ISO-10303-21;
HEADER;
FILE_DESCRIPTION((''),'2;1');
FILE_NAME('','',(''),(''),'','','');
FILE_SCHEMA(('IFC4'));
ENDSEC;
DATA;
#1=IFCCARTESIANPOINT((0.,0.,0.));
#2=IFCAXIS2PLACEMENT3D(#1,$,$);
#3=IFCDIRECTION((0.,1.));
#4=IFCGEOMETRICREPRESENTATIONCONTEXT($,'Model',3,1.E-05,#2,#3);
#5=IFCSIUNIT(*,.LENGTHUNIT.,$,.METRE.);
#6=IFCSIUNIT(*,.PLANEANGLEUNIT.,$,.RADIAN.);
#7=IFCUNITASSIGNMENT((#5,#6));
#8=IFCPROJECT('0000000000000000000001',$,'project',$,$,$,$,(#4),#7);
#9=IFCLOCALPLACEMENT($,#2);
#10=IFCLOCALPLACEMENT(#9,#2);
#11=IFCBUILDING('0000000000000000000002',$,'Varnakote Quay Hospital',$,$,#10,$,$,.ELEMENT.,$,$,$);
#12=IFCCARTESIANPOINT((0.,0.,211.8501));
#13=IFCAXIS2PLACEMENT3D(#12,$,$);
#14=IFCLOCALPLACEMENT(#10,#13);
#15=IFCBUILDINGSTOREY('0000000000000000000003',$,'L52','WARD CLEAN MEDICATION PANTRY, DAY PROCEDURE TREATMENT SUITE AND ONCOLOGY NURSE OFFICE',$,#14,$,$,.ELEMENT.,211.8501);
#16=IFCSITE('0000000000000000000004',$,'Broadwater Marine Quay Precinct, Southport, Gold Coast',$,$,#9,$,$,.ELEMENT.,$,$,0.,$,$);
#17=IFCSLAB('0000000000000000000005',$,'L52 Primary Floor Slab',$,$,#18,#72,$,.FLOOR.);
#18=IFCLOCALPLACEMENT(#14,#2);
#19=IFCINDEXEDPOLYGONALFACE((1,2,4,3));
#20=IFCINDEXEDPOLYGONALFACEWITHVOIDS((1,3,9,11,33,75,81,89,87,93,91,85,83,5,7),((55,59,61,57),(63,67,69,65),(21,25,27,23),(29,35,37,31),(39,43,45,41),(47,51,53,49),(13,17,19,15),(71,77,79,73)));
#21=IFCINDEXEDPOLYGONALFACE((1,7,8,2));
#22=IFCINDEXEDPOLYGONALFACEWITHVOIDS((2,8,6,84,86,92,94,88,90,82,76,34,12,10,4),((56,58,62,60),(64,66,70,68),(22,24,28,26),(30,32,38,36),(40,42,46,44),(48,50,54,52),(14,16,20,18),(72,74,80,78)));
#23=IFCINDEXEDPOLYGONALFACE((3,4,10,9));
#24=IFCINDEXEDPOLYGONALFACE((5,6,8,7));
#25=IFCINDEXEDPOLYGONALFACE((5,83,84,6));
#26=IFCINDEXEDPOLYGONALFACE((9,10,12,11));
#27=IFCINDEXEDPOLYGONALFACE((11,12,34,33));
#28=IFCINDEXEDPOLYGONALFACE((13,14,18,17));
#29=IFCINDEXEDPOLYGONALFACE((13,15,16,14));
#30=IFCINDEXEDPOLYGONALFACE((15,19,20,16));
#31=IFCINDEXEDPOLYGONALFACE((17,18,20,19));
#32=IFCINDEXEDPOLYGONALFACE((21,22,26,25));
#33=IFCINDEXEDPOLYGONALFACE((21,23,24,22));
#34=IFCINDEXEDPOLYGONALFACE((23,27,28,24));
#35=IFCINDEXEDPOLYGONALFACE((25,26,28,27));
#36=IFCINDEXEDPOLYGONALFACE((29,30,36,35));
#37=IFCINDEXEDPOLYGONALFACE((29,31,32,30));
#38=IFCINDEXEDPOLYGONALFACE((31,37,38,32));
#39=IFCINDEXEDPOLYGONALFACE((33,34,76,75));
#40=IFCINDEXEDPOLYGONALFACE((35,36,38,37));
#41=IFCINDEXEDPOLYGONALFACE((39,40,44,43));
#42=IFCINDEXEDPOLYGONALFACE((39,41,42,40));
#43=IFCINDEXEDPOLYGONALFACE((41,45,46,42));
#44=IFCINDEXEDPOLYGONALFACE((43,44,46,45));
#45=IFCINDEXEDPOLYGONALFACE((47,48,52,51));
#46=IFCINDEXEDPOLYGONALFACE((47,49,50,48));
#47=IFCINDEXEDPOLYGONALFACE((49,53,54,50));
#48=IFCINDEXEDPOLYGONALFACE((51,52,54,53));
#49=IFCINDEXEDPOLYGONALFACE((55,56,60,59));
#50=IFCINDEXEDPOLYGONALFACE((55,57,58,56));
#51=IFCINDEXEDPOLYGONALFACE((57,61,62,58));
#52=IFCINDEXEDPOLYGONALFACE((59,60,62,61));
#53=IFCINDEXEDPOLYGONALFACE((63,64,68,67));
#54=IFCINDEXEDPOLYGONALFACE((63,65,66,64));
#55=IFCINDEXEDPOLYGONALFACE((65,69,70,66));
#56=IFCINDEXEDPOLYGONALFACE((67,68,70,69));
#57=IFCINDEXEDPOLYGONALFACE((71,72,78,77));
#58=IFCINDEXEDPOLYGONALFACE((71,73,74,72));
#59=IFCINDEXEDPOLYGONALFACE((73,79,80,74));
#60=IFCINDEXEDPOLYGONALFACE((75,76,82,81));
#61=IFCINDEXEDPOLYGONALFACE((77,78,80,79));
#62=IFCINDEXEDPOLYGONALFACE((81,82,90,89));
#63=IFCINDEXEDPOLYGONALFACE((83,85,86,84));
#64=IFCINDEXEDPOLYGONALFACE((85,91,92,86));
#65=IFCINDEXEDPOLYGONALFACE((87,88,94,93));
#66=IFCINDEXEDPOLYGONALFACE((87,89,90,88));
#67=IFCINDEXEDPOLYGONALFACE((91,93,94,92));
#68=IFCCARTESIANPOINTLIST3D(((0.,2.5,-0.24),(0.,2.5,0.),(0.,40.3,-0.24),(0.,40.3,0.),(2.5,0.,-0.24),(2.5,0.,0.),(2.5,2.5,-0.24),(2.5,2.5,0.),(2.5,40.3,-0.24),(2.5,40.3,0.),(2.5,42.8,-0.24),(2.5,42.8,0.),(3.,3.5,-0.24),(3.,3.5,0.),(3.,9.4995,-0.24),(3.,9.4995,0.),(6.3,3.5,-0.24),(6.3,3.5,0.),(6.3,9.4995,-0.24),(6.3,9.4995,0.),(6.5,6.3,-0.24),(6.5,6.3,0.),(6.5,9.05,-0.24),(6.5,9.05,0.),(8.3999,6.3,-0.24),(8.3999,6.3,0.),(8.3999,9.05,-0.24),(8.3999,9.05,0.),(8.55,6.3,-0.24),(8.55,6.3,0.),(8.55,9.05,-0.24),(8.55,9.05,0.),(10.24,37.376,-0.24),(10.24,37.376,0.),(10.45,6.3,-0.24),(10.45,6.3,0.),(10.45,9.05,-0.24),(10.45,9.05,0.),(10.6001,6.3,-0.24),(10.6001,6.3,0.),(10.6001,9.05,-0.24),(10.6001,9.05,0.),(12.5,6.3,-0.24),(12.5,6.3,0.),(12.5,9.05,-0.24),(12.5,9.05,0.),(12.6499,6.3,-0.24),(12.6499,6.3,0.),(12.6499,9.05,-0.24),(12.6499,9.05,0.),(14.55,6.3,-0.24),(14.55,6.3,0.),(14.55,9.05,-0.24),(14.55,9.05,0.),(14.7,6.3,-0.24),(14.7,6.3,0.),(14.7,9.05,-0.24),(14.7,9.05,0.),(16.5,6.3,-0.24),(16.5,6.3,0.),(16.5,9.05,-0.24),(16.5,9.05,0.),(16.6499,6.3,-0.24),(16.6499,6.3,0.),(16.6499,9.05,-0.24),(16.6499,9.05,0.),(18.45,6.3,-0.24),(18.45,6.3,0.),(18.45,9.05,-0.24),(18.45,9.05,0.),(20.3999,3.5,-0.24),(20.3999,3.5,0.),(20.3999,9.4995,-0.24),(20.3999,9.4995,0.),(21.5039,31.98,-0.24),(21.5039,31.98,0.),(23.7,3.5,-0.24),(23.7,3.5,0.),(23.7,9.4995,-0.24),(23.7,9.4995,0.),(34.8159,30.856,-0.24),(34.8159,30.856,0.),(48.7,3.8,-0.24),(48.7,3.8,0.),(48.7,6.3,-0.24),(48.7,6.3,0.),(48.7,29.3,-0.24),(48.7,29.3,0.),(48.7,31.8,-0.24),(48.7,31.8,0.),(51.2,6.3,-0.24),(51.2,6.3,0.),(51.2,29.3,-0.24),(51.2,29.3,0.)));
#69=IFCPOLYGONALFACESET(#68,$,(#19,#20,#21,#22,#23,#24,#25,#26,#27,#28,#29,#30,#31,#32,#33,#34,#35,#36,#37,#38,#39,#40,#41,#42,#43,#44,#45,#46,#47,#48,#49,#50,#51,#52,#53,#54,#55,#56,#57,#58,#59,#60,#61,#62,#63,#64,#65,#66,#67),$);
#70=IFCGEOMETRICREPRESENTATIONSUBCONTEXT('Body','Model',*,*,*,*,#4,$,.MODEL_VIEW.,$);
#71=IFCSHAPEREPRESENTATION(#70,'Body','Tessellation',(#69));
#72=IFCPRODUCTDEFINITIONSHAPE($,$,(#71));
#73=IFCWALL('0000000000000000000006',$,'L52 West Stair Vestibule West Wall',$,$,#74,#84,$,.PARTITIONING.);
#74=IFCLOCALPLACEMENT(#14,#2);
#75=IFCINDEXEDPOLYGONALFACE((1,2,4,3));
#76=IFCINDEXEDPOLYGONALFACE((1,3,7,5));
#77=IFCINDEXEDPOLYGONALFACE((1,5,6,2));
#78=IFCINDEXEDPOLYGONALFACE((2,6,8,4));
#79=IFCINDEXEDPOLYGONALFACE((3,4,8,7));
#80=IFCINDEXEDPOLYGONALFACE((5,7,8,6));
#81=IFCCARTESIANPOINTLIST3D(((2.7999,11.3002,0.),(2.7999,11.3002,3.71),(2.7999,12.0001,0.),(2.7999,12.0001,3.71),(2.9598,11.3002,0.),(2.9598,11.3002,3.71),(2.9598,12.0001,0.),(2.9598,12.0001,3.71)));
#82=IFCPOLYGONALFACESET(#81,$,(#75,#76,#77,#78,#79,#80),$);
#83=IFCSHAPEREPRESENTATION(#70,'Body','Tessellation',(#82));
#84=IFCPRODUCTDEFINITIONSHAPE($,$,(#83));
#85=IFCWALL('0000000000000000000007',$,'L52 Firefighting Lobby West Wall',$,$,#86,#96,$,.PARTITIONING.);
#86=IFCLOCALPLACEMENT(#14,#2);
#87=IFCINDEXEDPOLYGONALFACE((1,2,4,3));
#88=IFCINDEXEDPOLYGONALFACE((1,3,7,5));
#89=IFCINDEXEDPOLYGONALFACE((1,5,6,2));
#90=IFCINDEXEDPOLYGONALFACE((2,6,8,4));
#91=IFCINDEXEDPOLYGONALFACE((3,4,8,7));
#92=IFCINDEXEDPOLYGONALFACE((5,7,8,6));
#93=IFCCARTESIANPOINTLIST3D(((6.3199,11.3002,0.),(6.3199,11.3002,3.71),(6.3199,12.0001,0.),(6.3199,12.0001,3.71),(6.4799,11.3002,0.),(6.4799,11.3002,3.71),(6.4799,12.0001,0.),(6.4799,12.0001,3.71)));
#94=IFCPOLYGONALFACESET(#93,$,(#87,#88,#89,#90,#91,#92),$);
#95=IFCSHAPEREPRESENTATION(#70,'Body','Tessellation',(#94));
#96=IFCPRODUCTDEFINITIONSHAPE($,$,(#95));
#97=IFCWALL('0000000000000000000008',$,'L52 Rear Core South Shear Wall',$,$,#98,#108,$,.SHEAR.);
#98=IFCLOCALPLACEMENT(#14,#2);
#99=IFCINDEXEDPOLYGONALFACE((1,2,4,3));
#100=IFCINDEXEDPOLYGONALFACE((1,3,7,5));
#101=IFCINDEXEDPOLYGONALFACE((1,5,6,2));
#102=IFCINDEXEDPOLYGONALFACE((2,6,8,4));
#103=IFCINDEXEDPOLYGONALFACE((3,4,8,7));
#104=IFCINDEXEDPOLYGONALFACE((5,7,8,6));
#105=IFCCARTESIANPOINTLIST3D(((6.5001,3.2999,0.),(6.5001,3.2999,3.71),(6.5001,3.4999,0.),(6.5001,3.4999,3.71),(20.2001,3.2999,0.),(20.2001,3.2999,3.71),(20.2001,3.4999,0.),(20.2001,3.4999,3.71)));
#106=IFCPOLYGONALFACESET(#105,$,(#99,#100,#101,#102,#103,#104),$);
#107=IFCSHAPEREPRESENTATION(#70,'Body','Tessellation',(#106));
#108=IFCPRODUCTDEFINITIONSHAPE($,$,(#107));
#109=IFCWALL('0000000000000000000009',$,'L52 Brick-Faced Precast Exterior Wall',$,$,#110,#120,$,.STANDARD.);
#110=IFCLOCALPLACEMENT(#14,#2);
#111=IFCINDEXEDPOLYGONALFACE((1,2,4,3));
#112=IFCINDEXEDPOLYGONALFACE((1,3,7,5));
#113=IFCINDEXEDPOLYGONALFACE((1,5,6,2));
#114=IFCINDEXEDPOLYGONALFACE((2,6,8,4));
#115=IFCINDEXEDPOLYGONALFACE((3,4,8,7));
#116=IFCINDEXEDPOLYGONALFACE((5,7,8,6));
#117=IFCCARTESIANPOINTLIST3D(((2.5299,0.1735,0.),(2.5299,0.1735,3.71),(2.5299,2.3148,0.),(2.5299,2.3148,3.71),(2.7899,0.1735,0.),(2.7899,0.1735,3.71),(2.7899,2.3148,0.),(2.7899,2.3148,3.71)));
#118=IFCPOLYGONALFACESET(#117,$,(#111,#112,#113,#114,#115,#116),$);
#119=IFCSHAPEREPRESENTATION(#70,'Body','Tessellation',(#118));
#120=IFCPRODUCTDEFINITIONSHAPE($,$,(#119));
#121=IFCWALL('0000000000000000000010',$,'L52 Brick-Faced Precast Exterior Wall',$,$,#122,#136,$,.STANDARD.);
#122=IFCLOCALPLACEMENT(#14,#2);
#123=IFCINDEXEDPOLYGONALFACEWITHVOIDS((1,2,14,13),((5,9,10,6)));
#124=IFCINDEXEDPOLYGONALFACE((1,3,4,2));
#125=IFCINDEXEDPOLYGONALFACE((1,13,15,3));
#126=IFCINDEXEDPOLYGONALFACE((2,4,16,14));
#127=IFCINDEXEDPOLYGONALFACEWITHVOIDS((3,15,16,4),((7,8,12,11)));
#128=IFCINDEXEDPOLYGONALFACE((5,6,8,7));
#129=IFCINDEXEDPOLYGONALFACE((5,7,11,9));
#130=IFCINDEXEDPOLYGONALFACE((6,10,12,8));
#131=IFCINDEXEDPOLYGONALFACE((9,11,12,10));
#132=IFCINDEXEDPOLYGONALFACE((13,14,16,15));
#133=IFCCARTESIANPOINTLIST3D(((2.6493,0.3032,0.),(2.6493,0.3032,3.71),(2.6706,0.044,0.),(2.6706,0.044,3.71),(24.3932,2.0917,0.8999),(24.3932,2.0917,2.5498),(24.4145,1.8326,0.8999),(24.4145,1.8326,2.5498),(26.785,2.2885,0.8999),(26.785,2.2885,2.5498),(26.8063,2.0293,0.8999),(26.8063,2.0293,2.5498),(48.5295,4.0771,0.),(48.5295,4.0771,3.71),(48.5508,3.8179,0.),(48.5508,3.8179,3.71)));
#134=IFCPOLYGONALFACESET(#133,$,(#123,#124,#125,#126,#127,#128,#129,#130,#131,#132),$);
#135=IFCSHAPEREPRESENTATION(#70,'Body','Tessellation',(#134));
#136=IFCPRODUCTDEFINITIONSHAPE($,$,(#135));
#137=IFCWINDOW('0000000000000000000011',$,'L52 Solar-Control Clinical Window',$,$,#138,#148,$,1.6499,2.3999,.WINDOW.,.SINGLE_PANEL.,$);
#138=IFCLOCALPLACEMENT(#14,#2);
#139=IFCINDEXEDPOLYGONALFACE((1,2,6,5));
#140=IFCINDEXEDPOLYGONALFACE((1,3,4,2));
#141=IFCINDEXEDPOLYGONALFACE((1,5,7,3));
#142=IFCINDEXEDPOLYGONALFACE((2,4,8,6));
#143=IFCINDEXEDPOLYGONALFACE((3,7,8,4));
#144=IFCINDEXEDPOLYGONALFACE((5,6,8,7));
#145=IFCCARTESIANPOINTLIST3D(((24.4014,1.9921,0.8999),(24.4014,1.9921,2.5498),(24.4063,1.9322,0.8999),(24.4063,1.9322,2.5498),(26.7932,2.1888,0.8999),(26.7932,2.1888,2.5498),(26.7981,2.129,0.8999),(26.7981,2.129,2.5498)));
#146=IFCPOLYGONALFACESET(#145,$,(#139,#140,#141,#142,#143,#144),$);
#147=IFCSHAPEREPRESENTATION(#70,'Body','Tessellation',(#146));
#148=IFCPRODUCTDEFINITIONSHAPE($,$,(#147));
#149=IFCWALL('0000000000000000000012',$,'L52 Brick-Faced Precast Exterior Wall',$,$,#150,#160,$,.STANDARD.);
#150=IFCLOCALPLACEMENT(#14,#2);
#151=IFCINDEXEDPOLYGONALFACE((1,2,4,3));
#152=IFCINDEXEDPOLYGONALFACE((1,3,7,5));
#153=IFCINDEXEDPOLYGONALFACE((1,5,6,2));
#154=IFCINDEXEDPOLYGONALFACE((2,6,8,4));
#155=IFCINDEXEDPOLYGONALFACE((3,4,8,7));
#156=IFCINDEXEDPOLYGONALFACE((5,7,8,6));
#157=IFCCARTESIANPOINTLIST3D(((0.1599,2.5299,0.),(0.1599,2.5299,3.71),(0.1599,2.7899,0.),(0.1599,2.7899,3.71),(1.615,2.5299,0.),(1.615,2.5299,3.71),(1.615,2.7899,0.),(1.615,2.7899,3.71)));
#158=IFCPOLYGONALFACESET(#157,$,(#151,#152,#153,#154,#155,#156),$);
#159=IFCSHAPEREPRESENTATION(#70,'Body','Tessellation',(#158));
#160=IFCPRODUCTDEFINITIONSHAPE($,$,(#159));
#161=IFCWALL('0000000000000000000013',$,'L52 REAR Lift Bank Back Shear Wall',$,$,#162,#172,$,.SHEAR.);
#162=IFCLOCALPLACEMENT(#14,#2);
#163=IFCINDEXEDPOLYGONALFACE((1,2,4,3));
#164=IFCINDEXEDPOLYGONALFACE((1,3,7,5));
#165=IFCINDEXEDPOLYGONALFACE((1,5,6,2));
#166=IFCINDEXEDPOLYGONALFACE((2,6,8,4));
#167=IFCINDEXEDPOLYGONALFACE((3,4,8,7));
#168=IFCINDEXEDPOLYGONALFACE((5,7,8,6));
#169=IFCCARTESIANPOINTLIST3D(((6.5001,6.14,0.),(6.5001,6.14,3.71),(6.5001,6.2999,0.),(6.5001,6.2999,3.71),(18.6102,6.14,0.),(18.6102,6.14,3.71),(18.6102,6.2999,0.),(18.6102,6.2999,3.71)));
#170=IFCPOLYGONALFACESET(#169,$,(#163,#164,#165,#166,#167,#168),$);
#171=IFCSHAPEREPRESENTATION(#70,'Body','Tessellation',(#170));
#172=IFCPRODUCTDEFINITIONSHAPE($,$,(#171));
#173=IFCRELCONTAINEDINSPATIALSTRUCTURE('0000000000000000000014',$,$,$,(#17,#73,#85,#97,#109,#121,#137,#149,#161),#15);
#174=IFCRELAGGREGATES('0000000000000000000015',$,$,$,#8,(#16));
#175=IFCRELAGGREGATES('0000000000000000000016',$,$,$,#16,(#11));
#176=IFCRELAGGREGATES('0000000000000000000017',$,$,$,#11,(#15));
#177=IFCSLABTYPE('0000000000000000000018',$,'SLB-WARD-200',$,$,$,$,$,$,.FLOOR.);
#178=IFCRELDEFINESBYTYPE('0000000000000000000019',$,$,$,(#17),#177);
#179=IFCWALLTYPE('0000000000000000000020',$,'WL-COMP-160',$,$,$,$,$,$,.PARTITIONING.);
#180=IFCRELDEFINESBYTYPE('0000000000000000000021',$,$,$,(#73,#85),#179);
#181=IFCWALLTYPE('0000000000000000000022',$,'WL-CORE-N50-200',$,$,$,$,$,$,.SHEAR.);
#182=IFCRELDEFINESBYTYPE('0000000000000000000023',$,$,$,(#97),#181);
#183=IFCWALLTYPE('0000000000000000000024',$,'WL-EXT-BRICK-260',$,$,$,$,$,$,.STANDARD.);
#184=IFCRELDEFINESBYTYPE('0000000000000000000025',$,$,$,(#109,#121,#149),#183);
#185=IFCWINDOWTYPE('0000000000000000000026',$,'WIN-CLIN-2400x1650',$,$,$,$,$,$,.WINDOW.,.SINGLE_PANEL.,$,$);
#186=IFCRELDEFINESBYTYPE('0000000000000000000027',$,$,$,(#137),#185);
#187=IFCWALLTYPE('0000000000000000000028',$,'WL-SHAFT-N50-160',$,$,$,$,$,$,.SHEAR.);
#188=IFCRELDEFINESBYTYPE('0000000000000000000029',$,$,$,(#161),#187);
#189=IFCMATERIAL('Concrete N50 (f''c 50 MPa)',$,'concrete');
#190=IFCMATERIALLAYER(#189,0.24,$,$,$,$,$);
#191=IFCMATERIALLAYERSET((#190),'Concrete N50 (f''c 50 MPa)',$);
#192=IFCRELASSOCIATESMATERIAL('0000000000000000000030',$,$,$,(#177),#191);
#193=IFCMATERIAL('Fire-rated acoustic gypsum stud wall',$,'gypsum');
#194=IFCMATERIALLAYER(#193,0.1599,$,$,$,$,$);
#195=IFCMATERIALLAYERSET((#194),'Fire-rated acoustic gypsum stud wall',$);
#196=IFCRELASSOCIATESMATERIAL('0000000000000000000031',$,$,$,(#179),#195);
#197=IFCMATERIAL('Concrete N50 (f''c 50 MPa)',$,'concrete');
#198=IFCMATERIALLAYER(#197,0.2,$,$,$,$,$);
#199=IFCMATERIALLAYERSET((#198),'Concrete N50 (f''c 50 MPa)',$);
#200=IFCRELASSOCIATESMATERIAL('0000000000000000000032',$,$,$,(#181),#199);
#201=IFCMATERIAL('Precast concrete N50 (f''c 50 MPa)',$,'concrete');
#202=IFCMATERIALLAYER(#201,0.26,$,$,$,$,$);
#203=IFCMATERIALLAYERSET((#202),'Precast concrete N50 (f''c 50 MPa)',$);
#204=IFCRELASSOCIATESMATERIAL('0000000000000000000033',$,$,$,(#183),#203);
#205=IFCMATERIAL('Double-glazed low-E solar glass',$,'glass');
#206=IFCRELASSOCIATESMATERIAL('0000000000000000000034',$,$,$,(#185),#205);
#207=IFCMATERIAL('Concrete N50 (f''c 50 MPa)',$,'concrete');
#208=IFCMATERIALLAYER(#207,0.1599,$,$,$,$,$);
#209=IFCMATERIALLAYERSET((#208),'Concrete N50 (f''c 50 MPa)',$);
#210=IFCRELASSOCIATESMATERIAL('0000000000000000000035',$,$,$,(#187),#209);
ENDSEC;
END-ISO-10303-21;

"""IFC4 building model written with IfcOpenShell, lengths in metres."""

from ifc_helpers import new_model, si_unit, direction, frame, frame_2d, origin, place, context, subcontext, project, spatial, polyline, rectangle, outline, extrude, material, layer, layer_set, type_object, element, fill, save


model = new_model("IFC4")

# Units and contexts
model_context = context("Model", 3, precision=1e-05, world=origin(), true_north=direction((0.0, 1.0)))
body_context = subcontext(model_context, "Body", "Model", "MODEL_VIEW")
ifc_project = project(units=[si_unit("LENGTHUNIT", "METRE"), si_unit("PLANEANGLEUNIT", "RADIAN")], contexts=[model_context])

# Site, building, storey
site_placement = place(None, origin())
site = spatial("IfcSite", under=ifc_project, at=site_placement, Name="Broadwater Marine Quay Precinct, Southport, Gold Coast", CompositionType="ELEMENT", RefElevation=0.0)
building_placement = place(site_placement, origin())
building = spatial("IfcBuilding", under=site, at=building_placement, Name="Varnakote Quay Hospital", CompositionType="ELEMENT")
storey_placement = place(building_placement, frame((0.0, 0.0, 211.8501)))
storey = spatial("IfcBuildingStorey", under=building, at=storey_placement, Name="L52", Description="WARD CLEAN MEDICATION PANTRY, DAY PROCEDURE TREATMENT SUITE AND ONCOLOGY NURSE OFFICE", CompositionType="ELEMENT", Elevation=211.8501)

# Slab
ifc_material_1 = material(Name="Concrete N50 (f'c 50 MPa)", Category="concrete")
ifc_layer_1 = layer(ifc_material_1, 0.24)
ifc_layer_set_1 = layer_set([ifc_layer_1], Name="Concrete N50 (f'c 50 MPa)")
slab_type_1 = type_object("IfcSlabType", Name="SLB-WARD-200", PredefinedType="FLOOR", material=ifc_layer_set_1)
slab_1_placement = place(storey_placement, frame((0.0, 0.0, -0.24)))
element("IfcSlab", 1, at=slab_1_placement, inside=storey, type_object=slab_type_1, Name="L52 Primary Floor Slab", PredefinedType="FLOOR", context=body_context, shape_type="SweptSolid", body=[
    extrude(outline(polyline([(0.0, 2.5), (2.5, 2.5), (2.5, 0.0), (48.7, 3.8), (48.7, 6.3), (51.2, 6.3), (51.2, 29.3), (48.7, 29.3), (48.7, 31.8), (34.8159, 30.856), (21.5039, 31.98), (10.24, 37.376), (2.5, 42.8), (2.5, 40.3), (0.0, 40.3), (0.0, 2.5)]), holes=[polyline([(3.0, 3.5), (6.3, 3.5), (6.3, 9.4995), (3.0, 9.4995), (3.0, 3.5)]), polyline([(20.3999, 3.5), (23.7, 3.5), (23.7, 9.4995), (20.3999, 9.4995), (20.3999, 3.5)]), polyline([(6.5, 6.3), (8.3999, 6.3), (8.3999, 9.05), (6.5, 9.05), (6.5, 6.3)]), polyline([(8.55, 6.3), (10.45, 6.3), (10.45, 9.05), (8.55, 9.05), (8.55, 6.3)]), polyline([(10.6001, 6.3), (12.5, 6.3), (12.5, 9.05), (10.6001, 9.05), (10.6001, 6.3)]), polyline([(12.6499, 6.3), (14.55, 6.3), (14.55, 9.05), (12.6499, 9.05), (12.6499, 6.3)]), polyline([(14.7, 6.3), (16.5, 6.3), (16.5, 9.05), (14.7, 9.05), (14.7, 6.3)]), polyline([(16.6499, 6.3), (18.45, 6.3), (18.45, 9.05), (16.6499, 9.05), (16.6499, 6.3)])]), origin(), (0.0, 0.0, 1.0), 0.24),
])

# Walls
ifc_material_2 = material(Name="Fire-rated acoustic gypsum stud wall", Category="gypsum")
ifc_layer_2 = layer(ifc_material_2, 0.1599)
ifc_layer_set_2 = layer_set([ifc_layer_2], Name="Fire-rated acoustic gypsum stud wall")
wall_type_1 = type_object("IfcWallType", Name="WL-COMP-160", PredefinedType="PARTITIONING", material=ifc_layer_set_2)
for number, where, z_axis, x_axis, name in (
    (2, (2.8799, 11.3, 0.0), (0.0, 0.0, 1.0), (0.0, 1.0, 0.0), "L52 West Stair Vestibule West Wall"),
    (3, (6.3999, 11.3, 0.0), (0.0, 0.0, 1.0), (0.0, 1.0, 0.0), "L52 Firefighting Lobby West Wall"),
):
    element("IfcWall", number, at=place(storey_placement, frame(where, z_axis=z_axis, x_axis=x_axis)), inside=storey, type_object=wall_type_1, Name=name, PredefinedType="PARTITIONING", context=body_context, shape_type="SweptSolid", body=[
        extrude(rectangle(XDim=0.7, YDim=0.1599, at=frame_2d((0.3501, 0.0))), origin(), (0.0, 0.0, 1.0), 3.71),
    ])
ifc_material_3 = material(Name="Concrete N50 (f'c 50 MPa)", Category="concrete")
ifc_layer_3 = layer(ifc_material_3, 0.2)
ifc_layer_set_3 = layer_set([ifc_layer_3], Name="Concrete N50 (f'c 50 MPa)")
wall_type_2 = type_object("IfcWallType", Name="WL-CORE-N50-200", PredefinedType="SHEAR", material=ifc_layer_set_3)
wall_1_placement = place(storey_placement, frame((6.5, 3.3999, 0.0), z_axis=(0.0, 0.0, 1.0), x_axis=(1.0, 0.0, 0.0)))
element("IfcWall", 4, at=wall_1_placement, inside=storey, type_object=wall_type_2, Name="L52 Rear Core South Shear Wall", PredefinedType="SHEAR", context=body_context, shape_type="SweptSolid", body=[
    extrude(rectangle(XDim=13.7, YDim=0.2, at=frame_2d((6.8501, 0.0))), origin(), (0.0, 0.0, 1.0), 3.71),
])
ifc_material_4 = material(Name="Precast concrete N50 (f'c 50 MPa)", Category="concrete")
ifc_layer_4 = layer(ifc_material_4, 0.26)
ifc_layer_set_4 = layer_set([ifc_layer_4], Name="Precast concrete N50 (f'c 50 MPa)")
wall_type_3 = type_object("IfcWallType", Name="WL-EXT-BRICK-260", PredefinedType="STANDARD", material=ifc_layer_set_4)
wall_2_placement = place(storey_placement, frame((2.6599, 2.3149, 0.0), z_axis=(0.0, 0.0, 1.0), x_axis=(0.0, -1.0, 0.0)))
element("IfcWall", 5, at=wall_2_placement, inside=storey, type_object=wall_type_3, Name="L52 Brick-Faced Precast Exterior Wall", PredefinedType="STANDARD", context=body_context, shape_type="SweptSolid", body=[
    extrude(rectangle(XDim=2.1414, YDim=0.26, at=frame_2d((1.0708, 0.0))), origin(), (0.0, 0.0, 1.0), 3.71),
])

# Wall, opening, window
wall_3_placement = place(storey_placement, frame((2.6599, 0.1736, 0.0), z_axis=(0.0, 0.0, 1.0), x_axis=(0.996634, 0.081979, 0.0)))
wall_3 = element("IfcWall", 6, at=wall_3_placement, inside=storey, type_object=wall_type_3, Name="L52 Brick-Faced Precast Exterior Wall", PredefinedType="STANDARD", context=body_context, shape_type="SweptSolid", body=[
    extrude(rectangle(XDim=46.0352, YDim=0.26, at=frame_2d((23.0176, 0.0))), origin(), (0.0, 0.0, 1.0), 3.71),
])
opening_1_placement = place(wall_3_placement, frame((21.8174, 0.0, 0.8999)))
opening_1 = element("IfcOpeningElement", 7, at=opening_1_placement, cuts=wall_3, PredefinedType="OPENING", context=body_context, shape_type="SweptSolid", body=[
    extrude(rectangle(XDim=2.3999, YDim=1.6499, at=frame_2d((1.2, 0.825))), frame((0.0, 0.1399, 0.0), z_axis=(0.0, -1.0, 0.0), x_axis=(1.0, 0.0, 0.0)), (0.0, 0.0, 1.0), 0.28),
])
ifc_material_5 = material(Name="Double-glazed low-E solar glass", Category="glass")
window_type = type_object("IfcWindowType", Name="WIN-CLIN-2400x1650", PartitioningType="SINGLE_PANEL", PredefinedType="WINDOW", material=ifc_material_5)
window_placement = place(opening_1_placement, origin())
window = element("IfcWindow", 8, at=window_placement, inside=storey, type_object=window_type, Name="L52 Solar-Control Clinical Window", OverallHeight=1.6499, OverallWidth=2.3999, PartitioningType="SINGLE_PANEL", PredefinedType="WINDOW", context=body_context, shape_type="SweptSolid", body=[
    extrude(rectangle(XDim=2.3999, YDim=1.6499, at=frame_2d((1.2, 0.825))), frame((0.0, 0.03, 0.0), z_axis=(0.0, -1.0, 0.0), x_axis=(1.0, 0.0, 0.0)), (0.0, 0.0, 1.0), 0.0601),
])
fill(opening_1, window)

# Walls
wall_4_placement = place(storey_placement, frame((0.1599, 2.6599, 0.0), z_axis=(0.0, 0.0, 1.0), x_axis=(1.0, 0.0, 0.0)))
element("IfcWall", 9, at=wall_4_placement, inside=storey, type_object=wall_type_3, Name="L52 Brick-Faced Precast Exterior Wall", PredefinedType="STANDARD", context=body_context, shape_type="SweptSolid", body=[
    extrude(rectangle(XDim=1.4551, YDim=0.26, at=frame_2d((0.7275, 0.0))), origin(), (0.0, 0.0, 1.0), 3.71),
])
ifc_material_6 = material(Name="Concrete N50 (f'c 50 MPa)", Category="concrete")
ifc_layer_5 = layer(ifc_material_6, 0.1599)
ifc_layer_set_5 = layer_set([ifc_layer_5], Name="Concrete N50 (f'c 50 MPa)")
wall_type_4 = type_object("IfcWallType", Name="WL-SHAFT-N50-160", PredefinedType="SHEAR", material=ifc_layer_set_5)
wall_5_placement = place(storey_placement, frame((6.5, 6.22, 0.0), z_axis=(0.0, 0.0, 1.0), x_axis=(1.0, 0.0, 0.0)))
element("IfcWall", 10, at=wall_5_placement, inside=storey, type_object=wall_type_4, Name="L52 REAR Lift Bank Back Shear Wall", PredefinedType="SHEAR", context=body_context, shape_type="SweptSolid", body=[
    extrude(rectangle(XDim=12.1101, YDim=0.1599, at=frame_2d((6.0552, 0.0))), origin(), (0.0, 0.0, 1.0), 3.71),
])

save(model, "model.ifc")
